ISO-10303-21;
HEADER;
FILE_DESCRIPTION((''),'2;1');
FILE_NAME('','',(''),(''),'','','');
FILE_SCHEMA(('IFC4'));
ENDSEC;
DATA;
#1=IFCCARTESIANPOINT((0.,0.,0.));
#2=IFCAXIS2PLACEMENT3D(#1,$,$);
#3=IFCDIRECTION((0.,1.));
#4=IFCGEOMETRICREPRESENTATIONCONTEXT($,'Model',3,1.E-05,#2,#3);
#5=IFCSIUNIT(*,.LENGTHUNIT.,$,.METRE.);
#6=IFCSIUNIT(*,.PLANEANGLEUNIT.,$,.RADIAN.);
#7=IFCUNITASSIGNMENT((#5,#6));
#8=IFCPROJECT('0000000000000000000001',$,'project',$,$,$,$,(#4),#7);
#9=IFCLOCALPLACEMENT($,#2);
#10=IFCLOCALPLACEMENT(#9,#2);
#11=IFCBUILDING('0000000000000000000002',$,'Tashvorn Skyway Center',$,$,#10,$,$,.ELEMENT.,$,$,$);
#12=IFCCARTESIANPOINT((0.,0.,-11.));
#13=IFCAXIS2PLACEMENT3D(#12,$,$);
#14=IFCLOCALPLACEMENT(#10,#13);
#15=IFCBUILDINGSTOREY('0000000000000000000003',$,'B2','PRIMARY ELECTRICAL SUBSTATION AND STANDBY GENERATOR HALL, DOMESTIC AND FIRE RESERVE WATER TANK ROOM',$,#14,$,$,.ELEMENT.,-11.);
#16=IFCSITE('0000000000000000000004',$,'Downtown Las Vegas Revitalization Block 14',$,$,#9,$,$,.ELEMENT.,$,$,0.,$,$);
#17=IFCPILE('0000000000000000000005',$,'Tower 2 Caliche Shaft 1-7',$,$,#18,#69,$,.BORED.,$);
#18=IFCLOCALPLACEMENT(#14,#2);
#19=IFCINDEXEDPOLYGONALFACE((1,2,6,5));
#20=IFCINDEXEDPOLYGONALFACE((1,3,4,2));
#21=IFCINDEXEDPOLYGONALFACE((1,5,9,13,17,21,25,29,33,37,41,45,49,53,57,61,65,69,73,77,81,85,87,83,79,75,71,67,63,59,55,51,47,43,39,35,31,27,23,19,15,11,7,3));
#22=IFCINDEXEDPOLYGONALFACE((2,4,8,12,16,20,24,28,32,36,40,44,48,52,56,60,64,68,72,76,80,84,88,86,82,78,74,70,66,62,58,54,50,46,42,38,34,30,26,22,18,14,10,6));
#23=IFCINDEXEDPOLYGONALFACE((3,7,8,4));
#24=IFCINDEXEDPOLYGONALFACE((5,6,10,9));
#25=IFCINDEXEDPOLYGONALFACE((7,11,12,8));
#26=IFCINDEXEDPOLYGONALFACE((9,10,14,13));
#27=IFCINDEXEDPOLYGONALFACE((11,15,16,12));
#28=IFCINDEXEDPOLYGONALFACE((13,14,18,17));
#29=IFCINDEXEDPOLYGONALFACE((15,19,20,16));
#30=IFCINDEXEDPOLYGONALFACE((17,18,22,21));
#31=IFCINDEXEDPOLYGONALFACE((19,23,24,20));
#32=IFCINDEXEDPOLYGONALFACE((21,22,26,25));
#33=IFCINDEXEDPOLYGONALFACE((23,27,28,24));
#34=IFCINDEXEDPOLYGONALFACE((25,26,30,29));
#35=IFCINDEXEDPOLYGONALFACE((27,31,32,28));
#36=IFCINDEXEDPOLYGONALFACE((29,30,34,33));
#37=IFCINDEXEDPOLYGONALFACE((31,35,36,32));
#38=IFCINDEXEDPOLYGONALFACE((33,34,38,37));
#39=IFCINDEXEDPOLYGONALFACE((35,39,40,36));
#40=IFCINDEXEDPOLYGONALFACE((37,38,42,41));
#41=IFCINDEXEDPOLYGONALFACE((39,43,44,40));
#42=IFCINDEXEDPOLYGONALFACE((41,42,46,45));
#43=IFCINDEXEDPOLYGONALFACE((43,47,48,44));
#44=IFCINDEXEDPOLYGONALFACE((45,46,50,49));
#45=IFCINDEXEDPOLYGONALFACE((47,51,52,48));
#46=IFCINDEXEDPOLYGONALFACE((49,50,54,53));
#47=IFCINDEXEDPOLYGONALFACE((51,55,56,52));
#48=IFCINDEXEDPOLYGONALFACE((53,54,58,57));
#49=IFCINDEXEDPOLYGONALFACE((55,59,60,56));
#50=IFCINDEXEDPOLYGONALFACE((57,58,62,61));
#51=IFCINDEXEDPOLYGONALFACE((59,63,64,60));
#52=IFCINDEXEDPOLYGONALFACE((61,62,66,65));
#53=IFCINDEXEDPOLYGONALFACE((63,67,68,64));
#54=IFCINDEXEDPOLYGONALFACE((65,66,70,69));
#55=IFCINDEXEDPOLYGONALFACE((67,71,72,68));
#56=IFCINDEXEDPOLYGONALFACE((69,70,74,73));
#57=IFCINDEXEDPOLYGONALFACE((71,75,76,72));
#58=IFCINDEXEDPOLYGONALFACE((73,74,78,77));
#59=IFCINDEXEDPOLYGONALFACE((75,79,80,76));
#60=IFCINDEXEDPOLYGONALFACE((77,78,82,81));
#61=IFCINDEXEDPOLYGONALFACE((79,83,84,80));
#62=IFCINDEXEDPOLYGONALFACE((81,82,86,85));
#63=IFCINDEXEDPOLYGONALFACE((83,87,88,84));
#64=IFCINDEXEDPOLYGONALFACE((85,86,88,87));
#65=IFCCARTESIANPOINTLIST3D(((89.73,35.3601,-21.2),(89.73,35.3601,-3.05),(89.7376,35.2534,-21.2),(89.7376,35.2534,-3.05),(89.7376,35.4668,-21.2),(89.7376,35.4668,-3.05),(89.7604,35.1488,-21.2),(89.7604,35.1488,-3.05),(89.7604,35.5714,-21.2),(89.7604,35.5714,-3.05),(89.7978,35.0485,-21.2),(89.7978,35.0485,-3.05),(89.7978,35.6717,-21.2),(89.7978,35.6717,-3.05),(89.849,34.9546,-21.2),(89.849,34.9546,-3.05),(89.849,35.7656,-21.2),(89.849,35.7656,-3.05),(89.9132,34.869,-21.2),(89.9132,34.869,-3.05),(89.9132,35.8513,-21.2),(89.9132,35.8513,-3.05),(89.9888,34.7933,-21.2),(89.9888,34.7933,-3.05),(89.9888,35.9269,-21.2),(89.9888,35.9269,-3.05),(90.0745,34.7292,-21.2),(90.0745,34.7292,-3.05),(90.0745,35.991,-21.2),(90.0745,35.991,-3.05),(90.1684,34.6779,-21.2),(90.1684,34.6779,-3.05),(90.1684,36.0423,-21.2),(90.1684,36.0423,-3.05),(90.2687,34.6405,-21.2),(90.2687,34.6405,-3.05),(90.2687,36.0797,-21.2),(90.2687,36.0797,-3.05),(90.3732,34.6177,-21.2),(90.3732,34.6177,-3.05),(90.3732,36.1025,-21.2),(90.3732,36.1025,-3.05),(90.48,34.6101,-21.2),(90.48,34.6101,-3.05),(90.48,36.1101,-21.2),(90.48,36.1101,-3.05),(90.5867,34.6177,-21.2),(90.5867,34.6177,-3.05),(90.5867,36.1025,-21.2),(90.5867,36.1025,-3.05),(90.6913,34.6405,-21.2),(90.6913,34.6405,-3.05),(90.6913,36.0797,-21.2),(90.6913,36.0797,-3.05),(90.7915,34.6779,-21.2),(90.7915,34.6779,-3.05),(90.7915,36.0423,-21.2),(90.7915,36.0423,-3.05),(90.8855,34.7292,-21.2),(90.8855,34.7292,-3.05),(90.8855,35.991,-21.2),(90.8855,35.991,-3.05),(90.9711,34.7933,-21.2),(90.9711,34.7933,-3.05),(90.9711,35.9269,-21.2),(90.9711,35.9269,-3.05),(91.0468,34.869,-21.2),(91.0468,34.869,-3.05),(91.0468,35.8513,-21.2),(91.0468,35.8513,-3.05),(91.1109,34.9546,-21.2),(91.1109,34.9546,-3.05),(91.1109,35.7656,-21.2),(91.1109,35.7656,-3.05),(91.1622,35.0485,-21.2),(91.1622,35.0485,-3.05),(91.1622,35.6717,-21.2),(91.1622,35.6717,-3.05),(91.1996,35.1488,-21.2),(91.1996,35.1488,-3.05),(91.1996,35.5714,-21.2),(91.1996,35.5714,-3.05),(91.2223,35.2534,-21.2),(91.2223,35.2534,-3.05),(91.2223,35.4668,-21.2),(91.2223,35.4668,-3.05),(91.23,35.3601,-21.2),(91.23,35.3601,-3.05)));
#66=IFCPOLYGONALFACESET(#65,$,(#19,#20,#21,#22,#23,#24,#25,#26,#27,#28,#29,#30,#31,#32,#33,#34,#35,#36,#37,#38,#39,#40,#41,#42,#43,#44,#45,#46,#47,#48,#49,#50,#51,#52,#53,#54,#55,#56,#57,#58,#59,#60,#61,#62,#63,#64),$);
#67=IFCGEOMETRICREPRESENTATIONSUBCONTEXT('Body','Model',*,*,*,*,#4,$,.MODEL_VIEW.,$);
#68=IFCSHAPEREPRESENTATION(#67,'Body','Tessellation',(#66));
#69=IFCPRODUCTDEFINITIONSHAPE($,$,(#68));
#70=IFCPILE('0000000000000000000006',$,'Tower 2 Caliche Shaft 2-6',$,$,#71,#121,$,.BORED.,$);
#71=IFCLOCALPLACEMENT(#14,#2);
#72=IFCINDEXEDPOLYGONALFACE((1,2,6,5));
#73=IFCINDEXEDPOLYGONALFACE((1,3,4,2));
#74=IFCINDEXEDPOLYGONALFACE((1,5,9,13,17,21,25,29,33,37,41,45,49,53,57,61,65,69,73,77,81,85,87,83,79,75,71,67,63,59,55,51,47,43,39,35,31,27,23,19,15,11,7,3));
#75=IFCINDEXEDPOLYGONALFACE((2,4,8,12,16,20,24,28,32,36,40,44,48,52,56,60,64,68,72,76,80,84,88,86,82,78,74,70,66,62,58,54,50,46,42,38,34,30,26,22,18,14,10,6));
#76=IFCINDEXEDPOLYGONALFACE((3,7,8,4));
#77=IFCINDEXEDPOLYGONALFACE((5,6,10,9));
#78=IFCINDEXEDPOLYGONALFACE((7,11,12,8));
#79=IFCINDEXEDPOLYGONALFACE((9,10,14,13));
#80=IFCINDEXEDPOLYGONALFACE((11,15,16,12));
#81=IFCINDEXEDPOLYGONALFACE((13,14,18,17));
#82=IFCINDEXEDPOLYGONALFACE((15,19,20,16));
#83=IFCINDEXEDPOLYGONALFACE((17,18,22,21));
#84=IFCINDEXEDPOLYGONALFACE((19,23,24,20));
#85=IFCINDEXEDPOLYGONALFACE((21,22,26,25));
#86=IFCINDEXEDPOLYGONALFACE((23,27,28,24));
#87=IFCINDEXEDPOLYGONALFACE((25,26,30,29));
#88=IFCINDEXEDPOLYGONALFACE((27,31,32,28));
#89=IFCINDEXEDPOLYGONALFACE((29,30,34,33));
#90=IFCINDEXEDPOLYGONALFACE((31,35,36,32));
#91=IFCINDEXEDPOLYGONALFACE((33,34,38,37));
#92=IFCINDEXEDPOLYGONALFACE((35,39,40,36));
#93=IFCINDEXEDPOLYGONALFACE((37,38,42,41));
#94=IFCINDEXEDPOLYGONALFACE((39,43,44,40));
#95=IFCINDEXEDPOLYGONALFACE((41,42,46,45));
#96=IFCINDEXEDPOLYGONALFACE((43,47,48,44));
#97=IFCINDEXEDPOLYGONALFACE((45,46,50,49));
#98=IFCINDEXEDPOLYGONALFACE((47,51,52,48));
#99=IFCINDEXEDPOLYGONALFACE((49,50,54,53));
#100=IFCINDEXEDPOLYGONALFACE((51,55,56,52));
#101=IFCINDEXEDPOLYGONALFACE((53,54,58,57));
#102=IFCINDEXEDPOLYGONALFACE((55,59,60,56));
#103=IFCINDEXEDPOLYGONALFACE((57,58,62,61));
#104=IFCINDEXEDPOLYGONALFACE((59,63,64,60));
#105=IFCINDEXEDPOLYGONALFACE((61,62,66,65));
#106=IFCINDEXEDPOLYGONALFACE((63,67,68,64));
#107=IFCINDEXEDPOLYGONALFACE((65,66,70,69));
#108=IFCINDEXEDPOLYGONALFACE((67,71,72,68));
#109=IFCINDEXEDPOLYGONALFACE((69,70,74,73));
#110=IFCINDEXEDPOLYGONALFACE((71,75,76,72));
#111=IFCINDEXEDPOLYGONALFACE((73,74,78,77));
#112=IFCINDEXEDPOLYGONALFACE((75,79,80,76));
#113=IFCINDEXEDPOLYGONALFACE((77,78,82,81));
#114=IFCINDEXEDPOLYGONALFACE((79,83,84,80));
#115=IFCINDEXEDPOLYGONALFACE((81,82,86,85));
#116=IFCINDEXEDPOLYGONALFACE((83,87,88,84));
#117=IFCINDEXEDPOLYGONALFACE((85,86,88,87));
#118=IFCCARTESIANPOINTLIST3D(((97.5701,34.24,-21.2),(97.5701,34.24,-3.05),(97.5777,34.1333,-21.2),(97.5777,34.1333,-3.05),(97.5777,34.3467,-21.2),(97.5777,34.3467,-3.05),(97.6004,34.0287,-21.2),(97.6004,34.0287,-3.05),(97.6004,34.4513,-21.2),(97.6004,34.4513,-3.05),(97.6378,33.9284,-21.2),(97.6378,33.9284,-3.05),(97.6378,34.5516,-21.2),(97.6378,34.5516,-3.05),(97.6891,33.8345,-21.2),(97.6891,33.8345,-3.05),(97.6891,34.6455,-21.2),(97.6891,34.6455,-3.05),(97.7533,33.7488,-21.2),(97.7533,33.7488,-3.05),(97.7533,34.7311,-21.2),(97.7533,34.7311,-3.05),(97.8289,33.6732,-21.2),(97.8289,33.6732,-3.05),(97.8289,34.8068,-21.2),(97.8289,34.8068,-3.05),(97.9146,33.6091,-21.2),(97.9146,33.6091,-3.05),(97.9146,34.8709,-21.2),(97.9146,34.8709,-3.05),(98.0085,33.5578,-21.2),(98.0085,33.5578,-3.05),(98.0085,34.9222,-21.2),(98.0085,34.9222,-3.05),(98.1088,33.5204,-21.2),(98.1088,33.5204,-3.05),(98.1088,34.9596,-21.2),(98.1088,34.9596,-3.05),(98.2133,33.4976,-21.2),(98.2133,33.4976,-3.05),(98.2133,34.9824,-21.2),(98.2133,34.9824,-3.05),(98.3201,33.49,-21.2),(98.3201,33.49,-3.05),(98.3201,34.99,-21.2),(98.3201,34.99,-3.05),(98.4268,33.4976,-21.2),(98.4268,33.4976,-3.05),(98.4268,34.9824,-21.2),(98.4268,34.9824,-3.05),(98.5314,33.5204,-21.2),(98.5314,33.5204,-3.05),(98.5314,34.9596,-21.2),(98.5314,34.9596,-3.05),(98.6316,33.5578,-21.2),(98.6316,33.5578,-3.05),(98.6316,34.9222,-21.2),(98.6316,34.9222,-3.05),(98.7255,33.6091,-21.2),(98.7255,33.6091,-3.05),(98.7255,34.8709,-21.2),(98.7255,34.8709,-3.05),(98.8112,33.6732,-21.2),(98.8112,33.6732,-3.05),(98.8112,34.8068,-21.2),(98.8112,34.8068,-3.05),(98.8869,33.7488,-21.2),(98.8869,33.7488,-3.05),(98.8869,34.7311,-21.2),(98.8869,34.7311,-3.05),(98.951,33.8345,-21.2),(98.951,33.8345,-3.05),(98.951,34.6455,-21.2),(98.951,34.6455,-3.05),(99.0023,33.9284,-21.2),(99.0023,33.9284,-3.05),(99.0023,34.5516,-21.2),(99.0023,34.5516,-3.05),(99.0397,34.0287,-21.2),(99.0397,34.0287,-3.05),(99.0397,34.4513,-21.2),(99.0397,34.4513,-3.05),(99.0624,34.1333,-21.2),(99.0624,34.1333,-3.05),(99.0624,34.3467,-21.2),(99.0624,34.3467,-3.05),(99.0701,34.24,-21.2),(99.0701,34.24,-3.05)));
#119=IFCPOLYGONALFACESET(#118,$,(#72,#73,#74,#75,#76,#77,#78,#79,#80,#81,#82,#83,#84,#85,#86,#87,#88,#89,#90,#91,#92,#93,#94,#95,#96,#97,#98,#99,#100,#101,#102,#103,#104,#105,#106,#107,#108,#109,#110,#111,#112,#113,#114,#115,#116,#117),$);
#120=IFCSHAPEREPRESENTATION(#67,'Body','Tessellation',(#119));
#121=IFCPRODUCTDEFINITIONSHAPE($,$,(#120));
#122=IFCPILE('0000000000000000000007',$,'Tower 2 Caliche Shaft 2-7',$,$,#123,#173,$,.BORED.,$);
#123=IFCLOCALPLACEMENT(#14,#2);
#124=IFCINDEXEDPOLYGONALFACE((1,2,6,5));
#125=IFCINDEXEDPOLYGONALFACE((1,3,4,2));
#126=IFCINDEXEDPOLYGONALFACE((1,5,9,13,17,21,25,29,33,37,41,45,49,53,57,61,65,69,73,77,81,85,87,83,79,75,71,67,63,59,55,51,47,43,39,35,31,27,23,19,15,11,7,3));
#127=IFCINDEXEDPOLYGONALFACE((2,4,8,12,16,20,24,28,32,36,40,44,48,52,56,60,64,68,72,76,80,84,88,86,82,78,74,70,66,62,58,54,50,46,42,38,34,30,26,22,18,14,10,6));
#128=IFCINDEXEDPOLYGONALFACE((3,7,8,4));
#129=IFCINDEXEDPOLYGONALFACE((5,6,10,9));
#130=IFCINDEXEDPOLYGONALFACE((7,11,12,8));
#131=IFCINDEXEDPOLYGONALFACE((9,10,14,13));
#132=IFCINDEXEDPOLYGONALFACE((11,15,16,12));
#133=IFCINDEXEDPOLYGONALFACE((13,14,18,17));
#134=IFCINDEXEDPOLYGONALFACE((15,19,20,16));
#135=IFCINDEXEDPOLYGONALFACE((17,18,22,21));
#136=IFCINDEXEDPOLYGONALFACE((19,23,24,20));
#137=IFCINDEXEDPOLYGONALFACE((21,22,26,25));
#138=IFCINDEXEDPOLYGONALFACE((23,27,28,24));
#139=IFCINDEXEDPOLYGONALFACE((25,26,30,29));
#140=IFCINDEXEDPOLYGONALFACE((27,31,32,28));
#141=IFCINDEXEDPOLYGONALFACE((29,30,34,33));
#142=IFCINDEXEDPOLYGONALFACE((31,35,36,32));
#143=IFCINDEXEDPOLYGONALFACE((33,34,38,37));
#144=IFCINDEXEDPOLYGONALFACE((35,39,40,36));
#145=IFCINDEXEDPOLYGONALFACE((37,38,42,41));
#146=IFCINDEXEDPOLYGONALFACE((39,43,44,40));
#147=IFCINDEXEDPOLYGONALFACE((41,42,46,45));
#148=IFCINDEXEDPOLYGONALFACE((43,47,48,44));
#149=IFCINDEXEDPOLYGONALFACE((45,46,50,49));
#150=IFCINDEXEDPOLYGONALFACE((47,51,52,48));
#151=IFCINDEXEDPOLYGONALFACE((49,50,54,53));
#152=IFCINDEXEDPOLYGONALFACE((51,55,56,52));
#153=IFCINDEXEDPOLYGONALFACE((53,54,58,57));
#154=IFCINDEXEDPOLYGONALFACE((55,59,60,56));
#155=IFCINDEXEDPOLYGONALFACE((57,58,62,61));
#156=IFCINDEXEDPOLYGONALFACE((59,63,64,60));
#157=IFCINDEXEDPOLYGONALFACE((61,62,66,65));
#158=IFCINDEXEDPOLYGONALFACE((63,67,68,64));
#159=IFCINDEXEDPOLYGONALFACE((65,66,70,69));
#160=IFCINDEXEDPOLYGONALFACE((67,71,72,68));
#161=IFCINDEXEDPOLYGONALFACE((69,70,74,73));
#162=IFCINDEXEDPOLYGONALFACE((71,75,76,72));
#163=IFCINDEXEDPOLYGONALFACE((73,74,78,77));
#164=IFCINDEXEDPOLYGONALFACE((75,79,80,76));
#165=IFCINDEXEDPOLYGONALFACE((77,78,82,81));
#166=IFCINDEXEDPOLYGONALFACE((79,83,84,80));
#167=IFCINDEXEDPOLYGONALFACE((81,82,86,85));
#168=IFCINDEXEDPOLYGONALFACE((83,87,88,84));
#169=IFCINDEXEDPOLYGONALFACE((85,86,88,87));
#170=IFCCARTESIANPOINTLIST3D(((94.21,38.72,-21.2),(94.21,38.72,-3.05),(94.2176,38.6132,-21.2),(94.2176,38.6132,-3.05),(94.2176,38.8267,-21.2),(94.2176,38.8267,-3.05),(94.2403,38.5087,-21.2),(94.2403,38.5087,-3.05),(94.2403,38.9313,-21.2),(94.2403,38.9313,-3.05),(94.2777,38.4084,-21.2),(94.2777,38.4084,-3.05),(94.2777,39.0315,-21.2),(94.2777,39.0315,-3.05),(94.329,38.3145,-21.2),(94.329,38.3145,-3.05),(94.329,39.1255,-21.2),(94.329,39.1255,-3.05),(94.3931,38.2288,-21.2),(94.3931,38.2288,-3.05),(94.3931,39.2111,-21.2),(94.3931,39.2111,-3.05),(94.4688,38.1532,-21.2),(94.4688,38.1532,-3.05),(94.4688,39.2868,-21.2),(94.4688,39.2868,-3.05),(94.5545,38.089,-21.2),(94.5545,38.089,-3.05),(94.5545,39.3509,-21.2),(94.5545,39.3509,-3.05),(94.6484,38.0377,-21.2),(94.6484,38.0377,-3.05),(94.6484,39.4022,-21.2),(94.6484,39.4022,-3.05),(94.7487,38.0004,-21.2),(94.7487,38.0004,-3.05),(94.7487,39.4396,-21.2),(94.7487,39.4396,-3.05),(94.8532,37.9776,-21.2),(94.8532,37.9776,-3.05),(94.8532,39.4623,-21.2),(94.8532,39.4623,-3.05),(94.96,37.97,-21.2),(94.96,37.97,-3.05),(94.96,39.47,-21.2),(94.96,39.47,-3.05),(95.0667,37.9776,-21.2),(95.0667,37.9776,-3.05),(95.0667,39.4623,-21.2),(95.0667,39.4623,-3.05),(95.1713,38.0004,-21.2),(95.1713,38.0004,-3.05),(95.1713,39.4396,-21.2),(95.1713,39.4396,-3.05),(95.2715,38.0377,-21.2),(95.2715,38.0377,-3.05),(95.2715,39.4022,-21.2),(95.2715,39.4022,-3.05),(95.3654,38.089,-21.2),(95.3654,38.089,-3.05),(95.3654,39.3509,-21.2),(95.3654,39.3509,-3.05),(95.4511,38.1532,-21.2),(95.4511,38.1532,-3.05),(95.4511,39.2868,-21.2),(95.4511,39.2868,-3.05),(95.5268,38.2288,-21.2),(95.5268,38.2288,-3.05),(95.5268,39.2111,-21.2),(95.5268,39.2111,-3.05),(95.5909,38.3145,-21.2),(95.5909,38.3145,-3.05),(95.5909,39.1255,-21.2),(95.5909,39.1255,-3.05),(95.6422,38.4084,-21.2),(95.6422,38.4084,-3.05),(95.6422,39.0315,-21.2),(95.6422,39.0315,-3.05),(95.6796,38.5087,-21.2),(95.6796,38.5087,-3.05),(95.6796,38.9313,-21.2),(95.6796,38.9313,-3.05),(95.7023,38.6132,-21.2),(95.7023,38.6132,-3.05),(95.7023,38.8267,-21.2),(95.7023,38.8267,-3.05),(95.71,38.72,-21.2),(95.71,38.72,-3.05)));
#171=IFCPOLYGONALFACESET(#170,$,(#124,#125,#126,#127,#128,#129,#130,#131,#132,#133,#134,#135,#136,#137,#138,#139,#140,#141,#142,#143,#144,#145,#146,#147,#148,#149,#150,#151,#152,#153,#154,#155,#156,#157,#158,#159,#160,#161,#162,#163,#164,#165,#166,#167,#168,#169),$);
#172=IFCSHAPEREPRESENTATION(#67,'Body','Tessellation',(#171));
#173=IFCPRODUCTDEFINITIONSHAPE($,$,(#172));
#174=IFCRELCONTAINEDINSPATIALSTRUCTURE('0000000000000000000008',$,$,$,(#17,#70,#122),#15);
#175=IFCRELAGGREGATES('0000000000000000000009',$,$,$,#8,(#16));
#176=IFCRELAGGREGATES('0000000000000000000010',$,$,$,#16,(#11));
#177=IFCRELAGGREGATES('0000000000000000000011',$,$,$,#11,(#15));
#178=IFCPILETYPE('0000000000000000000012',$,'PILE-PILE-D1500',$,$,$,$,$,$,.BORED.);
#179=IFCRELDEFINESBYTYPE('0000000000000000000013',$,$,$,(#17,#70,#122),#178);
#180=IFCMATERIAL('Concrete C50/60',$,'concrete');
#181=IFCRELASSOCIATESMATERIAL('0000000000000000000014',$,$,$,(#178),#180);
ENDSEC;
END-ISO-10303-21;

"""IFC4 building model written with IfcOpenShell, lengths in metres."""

from ifc_helpers import new_model, si_unit, direction, frame, origin, origin_2d, place, context, subcontext, project, spatial, circle, extrude, material, material_profile, profile_set, type_object, element, save


model = new_model("IFC4")

# Units and contexts
model_context = context("Model", 3, precision=1e-05, world=origin(), true_north=direction((0.0, 1.0)))
body_context = subcontext(model_context, "Body", "Model", "MODEL_VIEW")
ifc_project = project(units=[si_unit("LENGTHUNIT", "METRE"), si_unit("PLANEANGLEUNIT", "RADIAN")], contexts=[model_context])

# Site, building, storey
site_placement = place(None, origin())
site = spatial("IfcSite", under=ifc_project, at=site_placement, Name="Downtown Las Vegas Revitalization Block 14", CompositionType="ELEMENT", RefElevation=0.0)
building_placement = place(site_placement, origin())
building = spatial("IfcBuilding", under=site, at=building_placement, Name="Tashvorn Skyway Center", CompositionType="ELEMENT")
storey_placement = place(building_placement, frame((0.0, 0.0, -11.0)))
storey = spatial("IfcBuildingStorey", under=building, at=storey_placement, Name="B2", Description="PRIMARY ELECTRICAL SUBSTATION AND STANDBY GENERATOR HALL, DOMESTIC AND FIRE RESERVE WATER TANK ROOM", CompositionType="ELEMENT", Elevation=-11.0)

# Piles
ifc_material_1 = material(Name="Concrete C50/60", Category="concrete")
ifc_material_profile_1 = material_profile(ifc_material_1, circle(Radius=0.75, at=origin_2d()), Name="PILE-D1500")
ifc_profile_set_1 = profile_set([ifc_material_profile_1], Name="Concrete C50/60")
pile_type = type_object("IfcPileType", Name="PILE-PILE-D1500", PredefinedType="BORED", material=ifc_profile_set_1)
for number, where, z_axis, x_axis, name in (
    (1, (90.48, 35.3601, -3.05), (0.0, 0.0, -1.0), (1.0, 0.0, 0.0), "Tower 2 Caliche Shaft 1-7"),
    (2, (98.3201, 34.24, -3.05), (0.0, 0.0, -1.0), (1.0, 0.0, 0.0), "Tower 2 Caliche Shaft 2-6"),
    (3, (94.96, 38.72, -3.05), (0.0, 0.0, -1.0), (1.0, 0.0, 0.0), "Tower 2 Caliche Shaft 2-7"),
):
    element("IfcPile", number, at=place(storey_placement, frame(where, z_axis=z_axis, x_axis=x_axis)), inside=storey, type_object=pile_type, Name=name, PredefinedType="BORED", context=body_context, shape_type="SweptSolid", body=[
        extrude(circle(Radius=0.75, at=origin_2d()), origin(), (0.0, 0.0, 1.0), 18.1499),
    ])

save(model, "model.ifc")
